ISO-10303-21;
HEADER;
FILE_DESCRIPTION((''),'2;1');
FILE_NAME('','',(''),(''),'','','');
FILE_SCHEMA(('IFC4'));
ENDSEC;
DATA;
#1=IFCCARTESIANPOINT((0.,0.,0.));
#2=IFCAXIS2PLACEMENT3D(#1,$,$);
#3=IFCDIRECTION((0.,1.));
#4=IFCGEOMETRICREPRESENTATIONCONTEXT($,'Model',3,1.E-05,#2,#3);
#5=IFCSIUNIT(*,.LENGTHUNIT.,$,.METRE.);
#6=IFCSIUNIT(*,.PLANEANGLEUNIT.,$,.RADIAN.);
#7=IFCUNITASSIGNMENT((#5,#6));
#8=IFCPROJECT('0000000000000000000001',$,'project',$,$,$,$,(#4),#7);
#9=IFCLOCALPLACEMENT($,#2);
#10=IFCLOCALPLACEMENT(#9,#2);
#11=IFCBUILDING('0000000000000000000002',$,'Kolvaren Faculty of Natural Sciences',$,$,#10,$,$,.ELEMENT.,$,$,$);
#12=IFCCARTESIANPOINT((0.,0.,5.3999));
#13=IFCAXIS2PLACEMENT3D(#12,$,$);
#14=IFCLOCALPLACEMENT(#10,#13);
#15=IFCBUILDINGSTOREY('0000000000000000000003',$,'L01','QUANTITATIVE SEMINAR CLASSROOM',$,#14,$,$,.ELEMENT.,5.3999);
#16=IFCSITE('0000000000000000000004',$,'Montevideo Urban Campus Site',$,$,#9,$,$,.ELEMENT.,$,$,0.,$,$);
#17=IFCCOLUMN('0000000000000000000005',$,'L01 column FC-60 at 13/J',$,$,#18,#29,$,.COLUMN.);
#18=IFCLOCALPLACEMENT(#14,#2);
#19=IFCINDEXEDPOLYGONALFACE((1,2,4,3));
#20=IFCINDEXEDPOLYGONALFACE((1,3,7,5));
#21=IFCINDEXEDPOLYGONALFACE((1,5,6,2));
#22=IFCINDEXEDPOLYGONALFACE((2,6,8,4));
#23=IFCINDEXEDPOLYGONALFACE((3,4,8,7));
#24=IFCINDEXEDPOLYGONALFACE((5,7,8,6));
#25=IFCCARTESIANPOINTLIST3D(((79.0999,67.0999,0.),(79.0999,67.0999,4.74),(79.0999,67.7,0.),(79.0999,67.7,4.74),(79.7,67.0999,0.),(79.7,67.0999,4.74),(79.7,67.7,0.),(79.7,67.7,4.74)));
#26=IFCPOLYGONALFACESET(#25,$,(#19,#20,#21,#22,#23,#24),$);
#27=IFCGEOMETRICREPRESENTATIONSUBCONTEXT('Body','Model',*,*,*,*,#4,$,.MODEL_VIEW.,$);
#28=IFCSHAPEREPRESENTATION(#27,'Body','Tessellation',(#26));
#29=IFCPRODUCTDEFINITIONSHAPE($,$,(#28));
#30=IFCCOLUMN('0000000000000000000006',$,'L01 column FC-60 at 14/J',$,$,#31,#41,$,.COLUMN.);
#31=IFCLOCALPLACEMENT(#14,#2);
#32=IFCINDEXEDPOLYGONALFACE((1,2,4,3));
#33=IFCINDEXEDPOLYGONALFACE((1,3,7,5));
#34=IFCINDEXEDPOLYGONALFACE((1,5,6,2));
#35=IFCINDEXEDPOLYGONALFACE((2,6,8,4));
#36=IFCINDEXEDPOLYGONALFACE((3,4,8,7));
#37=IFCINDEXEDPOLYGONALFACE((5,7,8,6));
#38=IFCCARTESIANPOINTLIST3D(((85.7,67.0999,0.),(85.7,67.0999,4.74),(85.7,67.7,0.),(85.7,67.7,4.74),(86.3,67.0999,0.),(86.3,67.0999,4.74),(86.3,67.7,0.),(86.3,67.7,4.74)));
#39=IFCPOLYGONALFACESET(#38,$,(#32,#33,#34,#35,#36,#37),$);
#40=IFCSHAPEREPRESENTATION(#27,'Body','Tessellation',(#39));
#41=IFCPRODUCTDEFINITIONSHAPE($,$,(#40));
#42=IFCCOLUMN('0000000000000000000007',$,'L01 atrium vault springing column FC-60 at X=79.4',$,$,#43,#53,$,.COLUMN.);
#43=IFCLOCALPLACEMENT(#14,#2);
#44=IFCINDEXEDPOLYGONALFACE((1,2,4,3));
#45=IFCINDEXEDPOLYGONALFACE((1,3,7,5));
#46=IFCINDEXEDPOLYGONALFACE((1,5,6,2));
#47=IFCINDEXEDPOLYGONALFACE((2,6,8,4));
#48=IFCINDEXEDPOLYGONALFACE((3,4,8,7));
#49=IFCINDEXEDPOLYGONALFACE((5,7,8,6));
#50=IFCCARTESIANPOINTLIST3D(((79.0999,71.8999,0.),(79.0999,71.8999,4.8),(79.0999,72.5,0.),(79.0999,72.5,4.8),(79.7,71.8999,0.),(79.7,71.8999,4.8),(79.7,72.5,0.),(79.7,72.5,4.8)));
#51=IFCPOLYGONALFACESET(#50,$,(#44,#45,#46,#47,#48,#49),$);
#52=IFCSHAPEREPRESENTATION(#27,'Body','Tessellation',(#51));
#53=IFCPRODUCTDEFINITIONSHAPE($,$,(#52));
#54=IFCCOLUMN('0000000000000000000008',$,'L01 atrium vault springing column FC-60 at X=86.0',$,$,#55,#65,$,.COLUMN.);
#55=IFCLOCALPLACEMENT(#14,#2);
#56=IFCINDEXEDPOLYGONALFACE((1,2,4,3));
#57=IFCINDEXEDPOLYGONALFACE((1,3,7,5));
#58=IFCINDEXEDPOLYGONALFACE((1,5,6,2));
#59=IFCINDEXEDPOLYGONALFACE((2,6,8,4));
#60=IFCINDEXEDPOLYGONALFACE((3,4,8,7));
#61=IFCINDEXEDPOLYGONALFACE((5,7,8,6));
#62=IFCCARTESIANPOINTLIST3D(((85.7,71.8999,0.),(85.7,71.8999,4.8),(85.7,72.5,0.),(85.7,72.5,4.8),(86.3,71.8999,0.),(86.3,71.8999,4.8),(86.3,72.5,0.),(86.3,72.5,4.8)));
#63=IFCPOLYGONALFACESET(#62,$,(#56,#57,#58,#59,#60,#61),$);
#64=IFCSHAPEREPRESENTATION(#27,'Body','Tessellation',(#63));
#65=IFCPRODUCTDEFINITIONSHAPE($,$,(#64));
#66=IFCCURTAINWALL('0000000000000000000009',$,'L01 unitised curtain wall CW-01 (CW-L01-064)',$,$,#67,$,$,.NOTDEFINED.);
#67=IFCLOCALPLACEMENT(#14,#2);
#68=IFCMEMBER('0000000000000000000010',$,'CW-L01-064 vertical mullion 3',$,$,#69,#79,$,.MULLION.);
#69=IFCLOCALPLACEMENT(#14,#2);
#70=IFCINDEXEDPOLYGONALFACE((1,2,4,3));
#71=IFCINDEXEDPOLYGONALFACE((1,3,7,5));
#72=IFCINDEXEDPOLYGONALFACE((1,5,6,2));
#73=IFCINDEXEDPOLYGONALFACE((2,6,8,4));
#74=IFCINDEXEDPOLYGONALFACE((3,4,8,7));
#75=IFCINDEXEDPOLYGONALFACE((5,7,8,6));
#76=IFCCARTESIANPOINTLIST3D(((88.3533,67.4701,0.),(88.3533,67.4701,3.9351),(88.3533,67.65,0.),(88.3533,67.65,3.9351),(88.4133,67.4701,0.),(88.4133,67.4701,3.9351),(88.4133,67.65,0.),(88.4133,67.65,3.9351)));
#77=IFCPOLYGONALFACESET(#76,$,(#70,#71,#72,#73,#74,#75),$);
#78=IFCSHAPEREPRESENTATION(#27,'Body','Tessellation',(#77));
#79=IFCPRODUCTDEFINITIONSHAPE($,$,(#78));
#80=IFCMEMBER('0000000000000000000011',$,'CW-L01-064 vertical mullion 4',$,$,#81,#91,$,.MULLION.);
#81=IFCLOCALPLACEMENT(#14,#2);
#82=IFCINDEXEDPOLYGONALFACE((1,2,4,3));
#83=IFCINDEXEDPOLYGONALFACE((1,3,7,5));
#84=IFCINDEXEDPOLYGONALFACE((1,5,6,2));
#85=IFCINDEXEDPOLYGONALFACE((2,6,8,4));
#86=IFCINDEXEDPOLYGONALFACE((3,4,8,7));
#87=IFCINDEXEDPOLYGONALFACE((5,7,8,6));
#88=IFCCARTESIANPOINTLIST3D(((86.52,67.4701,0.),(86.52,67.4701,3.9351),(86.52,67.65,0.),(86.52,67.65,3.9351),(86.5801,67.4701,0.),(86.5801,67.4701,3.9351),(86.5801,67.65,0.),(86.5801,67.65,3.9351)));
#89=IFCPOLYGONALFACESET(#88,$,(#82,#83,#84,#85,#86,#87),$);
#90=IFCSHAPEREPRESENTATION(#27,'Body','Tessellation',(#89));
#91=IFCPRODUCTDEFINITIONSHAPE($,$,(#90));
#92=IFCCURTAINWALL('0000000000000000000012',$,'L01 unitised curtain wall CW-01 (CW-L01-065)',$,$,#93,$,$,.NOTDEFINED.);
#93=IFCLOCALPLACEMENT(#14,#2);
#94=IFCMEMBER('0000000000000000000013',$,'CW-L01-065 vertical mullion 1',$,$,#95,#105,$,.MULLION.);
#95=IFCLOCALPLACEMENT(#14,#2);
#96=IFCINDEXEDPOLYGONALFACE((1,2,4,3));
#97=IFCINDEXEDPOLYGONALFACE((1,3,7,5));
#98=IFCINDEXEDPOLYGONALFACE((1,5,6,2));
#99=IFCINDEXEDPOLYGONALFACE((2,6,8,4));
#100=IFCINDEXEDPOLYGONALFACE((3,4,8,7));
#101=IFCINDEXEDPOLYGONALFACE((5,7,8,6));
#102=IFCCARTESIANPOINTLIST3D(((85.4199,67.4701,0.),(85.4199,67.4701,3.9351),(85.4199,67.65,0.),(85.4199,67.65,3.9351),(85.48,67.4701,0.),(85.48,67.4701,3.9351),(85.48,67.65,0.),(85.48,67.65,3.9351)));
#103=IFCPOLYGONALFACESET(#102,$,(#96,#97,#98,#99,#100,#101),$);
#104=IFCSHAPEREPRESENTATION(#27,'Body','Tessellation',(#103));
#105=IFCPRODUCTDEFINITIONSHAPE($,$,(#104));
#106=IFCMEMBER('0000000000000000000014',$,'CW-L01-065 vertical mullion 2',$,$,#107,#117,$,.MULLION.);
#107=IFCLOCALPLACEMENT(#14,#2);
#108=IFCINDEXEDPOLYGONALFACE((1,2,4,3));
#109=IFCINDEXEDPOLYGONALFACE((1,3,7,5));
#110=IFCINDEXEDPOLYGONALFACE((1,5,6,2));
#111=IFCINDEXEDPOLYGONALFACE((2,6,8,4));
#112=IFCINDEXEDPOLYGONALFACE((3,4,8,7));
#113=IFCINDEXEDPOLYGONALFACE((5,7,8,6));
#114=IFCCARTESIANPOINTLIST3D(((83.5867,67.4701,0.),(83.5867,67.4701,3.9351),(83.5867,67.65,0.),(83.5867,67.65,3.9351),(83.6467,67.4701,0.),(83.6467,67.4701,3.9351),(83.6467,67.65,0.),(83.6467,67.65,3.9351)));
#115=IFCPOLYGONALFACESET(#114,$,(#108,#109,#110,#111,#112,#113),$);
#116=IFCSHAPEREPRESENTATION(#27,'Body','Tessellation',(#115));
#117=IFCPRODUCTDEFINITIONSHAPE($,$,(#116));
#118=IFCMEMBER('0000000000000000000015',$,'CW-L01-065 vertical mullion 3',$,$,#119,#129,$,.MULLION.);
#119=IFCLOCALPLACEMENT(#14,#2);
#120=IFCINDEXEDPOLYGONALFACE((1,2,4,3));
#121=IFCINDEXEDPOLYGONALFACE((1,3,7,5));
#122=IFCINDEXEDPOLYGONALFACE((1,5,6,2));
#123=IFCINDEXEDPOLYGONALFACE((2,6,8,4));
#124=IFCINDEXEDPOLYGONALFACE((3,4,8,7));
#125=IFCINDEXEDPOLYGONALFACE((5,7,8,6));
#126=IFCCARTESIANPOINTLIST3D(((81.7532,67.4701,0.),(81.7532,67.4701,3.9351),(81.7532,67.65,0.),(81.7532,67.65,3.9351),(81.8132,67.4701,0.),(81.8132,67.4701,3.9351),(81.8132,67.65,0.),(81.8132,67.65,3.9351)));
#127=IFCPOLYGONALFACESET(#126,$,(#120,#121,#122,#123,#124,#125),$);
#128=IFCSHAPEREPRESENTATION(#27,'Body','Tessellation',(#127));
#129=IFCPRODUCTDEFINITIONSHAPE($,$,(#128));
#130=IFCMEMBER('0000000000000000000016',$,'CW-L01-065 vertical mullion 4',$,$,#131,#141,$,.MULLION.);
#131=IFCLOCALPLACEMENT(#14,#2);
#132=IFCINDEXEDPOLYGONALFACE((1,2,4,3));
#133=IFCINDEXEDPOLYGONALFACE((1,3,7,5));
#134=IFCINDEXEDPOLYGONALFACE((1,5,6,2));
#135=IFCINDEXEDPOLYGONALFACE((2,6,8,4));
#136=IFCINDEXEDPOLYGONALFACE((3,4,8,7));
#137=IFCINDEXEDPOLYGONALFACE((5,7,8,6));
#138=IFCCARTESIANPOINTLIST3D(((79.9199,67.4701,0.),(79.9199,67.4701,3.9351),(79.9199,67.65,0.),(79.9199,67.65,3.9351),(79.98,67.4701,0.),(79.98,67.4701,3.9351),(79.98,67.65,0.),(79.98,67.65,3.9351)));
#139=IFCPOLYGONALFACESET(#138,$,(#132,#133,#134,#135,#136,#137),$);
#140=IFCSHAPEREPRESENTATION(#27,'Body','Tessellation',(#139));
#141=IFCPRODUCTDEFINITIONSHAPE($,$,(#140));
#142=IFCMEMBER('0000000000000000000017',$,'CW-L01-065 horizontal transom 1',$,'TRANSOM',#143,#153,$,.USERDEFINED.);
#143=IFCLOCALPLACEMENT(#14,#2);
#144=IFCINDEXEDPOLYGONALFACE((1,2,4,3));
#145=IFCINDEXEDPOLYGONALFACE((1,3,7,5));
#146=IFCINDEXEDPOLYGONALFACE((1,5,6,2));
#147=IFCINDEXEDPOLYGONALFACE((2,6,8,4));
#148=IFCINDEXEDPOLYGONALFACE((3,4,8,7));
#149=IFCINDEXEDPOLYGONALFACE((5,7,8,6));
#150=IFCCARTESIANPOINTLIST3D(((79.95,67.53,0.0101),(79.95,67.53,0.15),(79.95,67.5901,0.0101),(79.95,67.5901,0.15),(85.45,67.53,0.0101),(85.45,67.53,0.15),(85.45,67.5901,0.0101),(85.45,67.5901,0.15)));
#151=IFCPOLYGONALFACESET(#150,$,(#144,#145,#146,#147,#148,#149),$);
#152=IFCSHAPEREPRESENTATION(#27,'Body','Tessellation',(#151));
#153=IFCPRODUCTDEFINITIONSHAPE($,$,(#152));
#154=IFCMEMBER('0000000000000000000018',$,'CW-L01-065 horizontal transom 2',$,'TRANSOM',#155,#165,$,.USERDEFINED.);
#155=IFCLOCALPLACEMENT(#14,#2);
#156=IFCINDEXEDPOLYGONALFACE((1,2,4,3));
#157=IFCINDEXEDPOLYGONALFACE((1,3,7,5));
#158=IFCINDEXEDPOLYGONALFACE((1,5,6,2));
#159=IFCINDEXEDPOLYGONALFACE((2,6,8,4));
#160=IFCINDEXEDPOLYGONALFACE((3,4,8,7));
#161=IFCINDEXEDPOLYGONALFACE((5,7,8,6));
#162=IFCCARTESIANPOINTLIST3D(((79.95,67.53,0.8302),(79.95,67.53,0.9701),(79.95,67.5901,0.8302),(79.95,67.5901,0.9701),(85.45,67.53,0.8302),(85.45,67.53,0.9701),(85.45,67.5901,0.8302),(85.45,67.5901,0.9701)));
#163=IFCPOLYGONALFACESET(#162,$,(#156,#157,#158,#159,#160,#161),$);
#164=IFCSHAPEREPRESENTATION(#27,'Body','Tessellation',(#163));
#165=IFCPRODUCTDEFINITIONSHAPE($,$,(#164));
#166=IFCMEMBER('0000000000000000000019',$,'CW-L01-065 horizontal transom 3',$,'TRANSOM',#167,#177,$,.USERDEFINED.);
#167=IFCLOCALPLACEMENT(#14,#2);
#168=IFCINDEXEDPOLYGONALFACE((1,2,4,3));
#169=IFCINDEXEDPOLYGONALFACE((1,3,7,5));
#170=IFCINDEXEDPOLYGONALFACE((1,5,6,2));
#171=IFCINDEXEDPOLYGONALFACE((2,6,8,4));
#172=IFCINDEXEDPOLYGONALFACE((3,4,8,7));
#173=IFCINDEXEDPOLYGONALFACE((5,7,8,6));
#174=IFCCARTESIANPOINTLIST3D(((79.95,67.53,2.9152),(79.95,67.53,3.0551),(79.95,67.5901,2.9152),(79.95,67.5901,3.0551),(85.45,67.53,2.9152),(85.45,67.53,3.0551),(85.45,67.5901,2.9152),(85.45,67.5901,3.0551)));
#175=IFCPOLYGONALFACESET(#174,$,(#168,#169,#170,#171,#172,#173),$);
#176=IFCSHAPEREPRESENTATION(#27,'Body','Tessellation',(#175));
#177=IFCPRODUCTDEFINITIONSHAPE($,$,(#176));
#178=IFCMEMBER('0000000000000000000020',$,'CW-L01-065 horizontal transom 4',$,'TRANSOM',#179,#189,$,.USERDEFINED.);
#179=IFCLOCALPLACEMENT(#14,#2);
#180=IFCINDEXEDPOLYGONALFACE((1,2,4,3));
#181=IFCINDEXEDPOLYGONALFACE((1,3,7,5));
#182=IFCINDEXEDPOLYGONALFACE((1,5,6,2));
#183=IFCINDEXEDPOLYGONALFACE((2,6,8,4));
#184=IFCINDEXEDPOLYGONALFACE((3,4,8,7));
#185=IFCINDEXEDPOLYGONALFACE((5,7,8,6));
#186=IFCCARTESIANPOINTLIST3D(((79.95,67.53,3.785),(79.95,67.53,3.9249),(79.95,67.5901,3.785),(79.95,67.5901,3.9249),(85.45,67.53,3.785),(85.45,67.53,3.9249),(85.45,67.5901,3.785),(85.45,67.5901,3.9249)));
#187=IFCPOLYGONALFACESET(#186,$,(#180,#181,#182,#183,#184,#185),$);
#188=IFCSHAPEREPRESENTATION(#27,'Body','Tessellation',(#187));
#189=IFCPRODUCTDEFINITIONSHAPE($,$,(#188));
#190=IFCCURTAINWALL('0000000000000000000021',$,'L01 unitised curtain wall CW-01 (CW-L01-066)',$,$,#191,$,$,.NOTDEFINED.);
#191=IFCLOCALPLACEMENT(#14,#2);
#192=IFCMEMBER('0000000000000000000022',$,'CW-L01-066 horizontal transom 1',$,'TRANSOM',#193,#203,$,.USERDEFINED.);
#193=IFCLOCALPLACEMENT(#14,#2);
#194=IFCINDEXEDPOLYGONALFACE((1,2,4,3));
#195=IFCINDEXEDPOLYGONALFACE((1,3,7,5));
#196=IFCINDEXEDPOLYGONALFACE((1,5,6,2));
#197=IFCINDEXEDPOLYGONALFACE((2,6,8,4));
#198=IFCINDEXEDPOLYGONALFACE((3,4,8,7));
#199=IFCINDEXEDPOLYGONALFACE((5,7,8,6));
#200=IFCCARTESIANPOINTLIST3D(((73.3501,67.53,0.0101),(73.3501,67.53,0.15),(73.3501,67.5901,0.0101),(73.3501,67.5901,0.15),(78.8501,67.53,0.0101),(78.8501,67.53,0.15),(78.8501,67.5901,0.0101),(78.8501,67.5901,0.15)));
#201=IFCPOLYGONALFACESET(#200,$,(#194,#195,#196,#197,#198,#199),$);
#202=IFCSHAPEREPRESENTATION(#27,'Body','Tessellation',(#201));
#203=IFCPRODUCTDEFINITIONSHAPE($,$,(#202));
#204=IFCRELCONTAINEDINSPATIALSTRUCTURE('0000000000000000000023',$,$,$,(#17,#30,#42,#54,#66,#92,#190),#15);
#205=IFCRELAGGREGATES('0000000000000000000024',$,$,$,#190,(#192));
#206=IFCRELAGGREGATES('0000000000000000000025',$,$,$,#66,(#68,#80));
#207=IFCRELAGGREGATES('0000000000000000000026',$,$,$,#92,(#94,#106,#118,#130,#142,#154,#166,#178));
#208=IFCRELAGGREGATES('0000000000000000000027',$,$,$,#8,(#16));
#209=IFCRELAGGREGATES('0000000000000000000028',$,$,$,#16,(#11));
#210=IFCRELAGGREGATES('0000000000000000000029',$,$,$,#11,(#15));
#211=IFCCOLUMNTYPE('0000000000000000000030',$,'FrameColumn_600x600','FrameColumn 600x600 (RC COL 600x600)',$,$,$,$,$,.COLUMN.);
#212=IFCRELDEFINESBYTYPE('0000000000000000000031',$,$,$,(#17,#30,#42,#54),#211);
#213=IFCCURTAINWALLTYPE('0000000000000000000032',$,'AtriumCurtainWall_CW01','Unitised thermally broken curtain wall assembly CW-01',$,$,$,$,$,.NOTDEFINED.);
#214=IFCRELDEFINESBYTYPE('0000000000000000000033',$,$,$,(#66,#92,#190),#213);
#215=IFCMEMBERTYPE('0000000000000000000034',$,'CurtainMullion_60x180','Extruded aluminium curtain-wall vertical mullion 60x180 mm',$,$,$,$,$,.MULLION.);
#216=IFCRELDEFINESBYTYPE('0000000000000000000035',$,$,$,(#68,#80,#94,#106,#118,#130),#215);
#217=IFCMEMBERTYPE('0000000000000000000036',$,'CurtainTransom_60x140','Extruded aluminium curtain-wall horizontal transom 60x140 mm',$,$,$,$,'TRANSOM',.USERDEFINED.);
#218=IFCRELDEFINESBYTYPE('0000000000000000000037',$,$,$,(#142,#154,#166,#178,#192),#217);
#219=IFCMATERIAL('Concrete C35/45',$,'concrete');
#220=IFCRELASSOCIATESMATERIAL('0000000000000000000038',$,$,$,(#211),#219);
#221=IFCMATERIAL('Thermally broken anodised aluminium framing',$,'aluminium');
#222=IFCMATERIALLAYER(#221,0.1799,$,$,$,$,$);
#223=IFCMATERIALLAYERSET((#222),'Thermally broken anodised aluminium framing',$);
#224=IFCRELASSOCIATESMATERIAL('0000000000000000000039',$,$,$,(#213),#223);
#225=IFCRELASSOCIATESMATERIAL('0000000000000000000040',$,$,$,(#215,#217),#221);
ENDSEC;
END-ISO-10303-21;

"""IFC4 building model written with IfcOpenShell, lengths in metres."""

from ifc_helpers import new_model, si_unit, direction, frame, origin, origin_2d, place, context, subcontext, project, spatial, rectangle, extrude, material, layer, layer_set, material_profile, profile_set, type_object, element, aggregate, save


model = new_model("IFC4")

# Units and contexts
model_context = context("Model", 3, precision=1e-05, world=origin(), true_north=direction((0.0, 1.0)))
body_context = subcontext(model_context, "Body", "Model", "MODEL_VIEW")
ifc_project = project(units=[si_unit("LENGTHUNIT", "METRE"), si_unit("PLANEANGLEUNIT", "RADIAN")], contexts=[model_context])

# Site, building, storey
site_placement = place(None, origin())
site = spatial("IfcSite", under=ifc_project, at=site_placement, Name="Montevideo Urban Campus Site", CompositionType="ELEMENT", RefElevation=0.0)
building_placement = place(site_placement, origin())
building = spatial("IfcBuilding", under=site, at=building_placement, Name="Kolvaren Faculty of Natural Sciences", CompositionType="ELEMENT")
storey_placement = place(building_placement, frame((0.0, 0.0, 5.3999)))
storey = spatial("IfcBuildingStorey", under=building, at=storey_placement, Name="L01", Description="QUANTITATIVE SEMINAR CLASSROOM", CompositionType="ELEMENT", Elevation=5.3999)

# Columns
ifc_material_1 = material(Name="Concrete C35/45", Category="concrete")
ifc_material_profile_1 = material_profile(ifc_material_1, rectangle(XDim=0.6001, YDim=0.6001, at=origin_2d()), Name="RC COL 600x600")
ifc_profile_set_1 = profile_set([ifc_material_profile_1], Name="Concrete C35/45")
column_type = type_object("IfcColumnType", Name="FrameColumn_600x600", Description="FrameColumn 600x600 (RC COL 600x600)", PredefinedType="COLUMN", material=ifc_profile_set_1)
for number, where, z_axis, x_axis, name in (
    (1, (79.3999, 67.3999, 0.0), (0.0, 0.0, 1.0), (1.0, 0.0, 0.0), "L01 column FC-60 at 13/J"),
    (2, (86.0, 67.3999, 0.0), (0.0, 0.0, 1.0), (1.0, 0.0, 0.0), "L01 column FC-60 at 14/J"),
):
    element("IfcColumn", number, at=place(storey_placement, frame(where, z_axis=z_axis, x_axis=x_axis)), inside=storey, type_object=column_type, Name=name, PredefinedType="COLUMN", context=body_context, shape_type="SweptSolid", body=[
        extrude(rectangle(XDim=0.6001, YDim=0.6001, at=origin_2d()), origin(), (0.0, 0.0, 1.0), 4.74),
    ])
for number, where, z_axis, x_axis, name in (
    (3, (79.3999, 72.2, 0.0), (0.0, 0.0, 1.0), (1.0, 0.0, 0.0), "L01 atrium vault springing column FC-60 at X=79.4"),
    (4, (86.0, 72.2, 0.0), (0.0, 0.0, 1.0), (1.0, 0.0, 0.0), "L01 atrium vault springing column FC-60 at X=86.0"),
):
    element("IfcColumn", number, at=place(storey_placement, frame(where, z_axis=z_axis, x_axis=x_axis)), inside=storey, type_object=column_type, Name=name, PredefinedType="COLUMN", context=body_context, shape_type="SweptSolid", body=[
        extrude(rectangle(XDim=0.6001, YDim=0.6001, at=origin_2d()), origin(), (0.0, 0.0, 1.0), 4.8),
    ])

# Curtain walls, members
ifc_material_2 = material(Name="Thermally broken anodised aluminium framing", Category="aluminium")
ifc_layer_1 = layer(ifc_material_2, 0.1799)
ifc_layer_set_1 = layer_set([ifc_layer_1], Name="Thermally broken anodised aluminium framing")
curtain_wall_type = type_object("IfcCurtainWallType", Name="AtriumCurtainWall_CW01", Description="Unitised thermally broken curtain wall assembly CW-01", PredefinedType="NOTDEFINED", material=ifc_layer_set_1)
curtain_wall_1_placement = place(storey_placement, origin())
curtain_wall_1 = element("IfcCurtainWall", 5, at=curtain_wall_1_placement, inside=storey, type_object=curtain_wall_type, Name="L01 unitised curtain wall CW-01 (CW-L01-064)", PredefinedType="NOTDEFINED")
ifc_material_profile_2 = material_profile(ifc_material_2, rectangle(XDim=0.0601, YDim=0.1799, at=origin_2d()), Name="ALU MUL 60x180")
ifc_profile_set_2 = profile_set([ifc_material_profile_2], Name="Thermally broken anodised aluminium framing")
member_type_1 = type_object("IfcMemberType", Name="CurtainMullion_60x180", Description="Extruded aluminium curtain-wall vertical mullion 60x180 mm", PredefinedType="MULLION", material=ifc_profile_set_2)
member_1_placement = place(storey_placement, frame((88.3833, 67.5601, 0.0), z_axis=(0.0, 0.0, 1.0), x_axis=(-1.0, 0.0, 0.0)))
member_1 = element("IfcMember", 6, at=member_1_placement, type_object=member_type_1, Name="CW-L01-064 vertical mullion 3", PredefinedType="MULLION", context=body_context, shape_type="SweptSolid", body=[
    extrude(rectangle(XDim=0.0601, YDim=0.1799, at=origin_2d()), origin(), (0.0, 0.0, 1.0), 3.9351),
])
member_2_placement = place(storey_placement, frame((86.55, 67.5601, 0.0), z_axis=(0.0, 0.0, 1.0), x_axis=(-1.0, 0.0, 0.0)))
member_2 = element("IfcMember", 7, at=member_2_placement, type_object=member_type_1, Name="CW-L01-064 vertical mullion 4", PredefinedType="MULLION", context=body_context, shape_type="SweptSolid", body=[
    extrude(rectangle(XDim=0.0601, YDim=0.1799, at=origin_2d()), origin(), (0.0, 0.0, 1.0), 3.9351),
])
curtain_wall_2_placement = place(storey_placement, origin())
curtain_wall_2 = element("IfcCurtainWall", 8, at=curtain_wall_2_placement, inside=storey, type_object=curtain_wall_type, Name="L01 unitised curtain wall CW-01 (CW-L01-065)", PredefinedType="NOTDEFINED")
member_3_placement = place(storey_placement, frame((85.45, 67.5601, 0.0), z_axis=(0.0, 0.0, 1.0), x_axis=(-1.0, 0.0, 0.0)))
member_3 = element("IfcMember", 9, at=member_3_placement, type_object=member_type_1, Name="CW-L01-065 vertical mullion 1", PredefinedType="MULLION", context=body_context, shape_type="SweptSolid", body=[
    extrude(rectangle(XDim=0.0601, YDim=0.1799, at=origin_2d()), origin(), (0.0, 0.0, 1.0), 3.9351),
])
member_4_placement = place(storey_placement, frame((83.6167, 67.5601, 0.0), z_axis=(0.0, 0.0, 1.0), x_axis=(-1.0, 0.0, 0.0)))
member_4 = element("IfcMember", 10, at=member_4_placement, type_object=member_type_1, Name="CW-L01-065 vertical mullion 2", PredefinedType="MULLION", context=body_context, shape_type="SweptSolid", body=[
    extrude(rectangle(XDim=0.0601, YDim=0.1799, at=origin_2d()), origin(), (0.0, 0.0, 1.0), 3.9351),
])
member_5_placement = place(storey_placement, frame((81.7832, 67.5601, 0.0), z_axis=(0.0, 0.0, 1.0), x_axis=(-1.0, 0.0, 0.0)))
member_5 = element("IfcMember", 11, at=member_5_placement, type_object=member_type_1, Name="CW-L01-065 vertical mullion 3", PredefinedType="MULLION", context=body_context, shape_type="SweptSolid", body=[
    extrude(rectangle(XDim=0.0601, YDim=0.1799, at=origin_2d()), origin(), (0.0, 0.0, 1.0), 3.9351),
])
member_6_placement = place(storey_placement, frame((79.95, 67.5601, 0.0), z_axis=(0.0, 0.0, 1.0), x_axis=(-1.0, 0.0, 0.0)))
member_6 = element("IfcMember", 12, at=member_6_placement, type_object=member_type_1, Name="CW-L01-065 vertical mullion 4", PredefinedType="MULLION", context=body_context, shape_type="SweptSolid", body=[
    extrude(rectangle(XDim=0.0601, YDim=0.1799, at=origin_2d()), origin(), (0.0, 0.0, 1.0), 3.9351),
])
ifc_material_profile_3 = material_profile(ifc_material_2, rectangle(XDim=0.0601, YDim=0.1399, at=origin_2d()), Name="ALU TRN 60x140")
ifc_profile_set_3 = profile_set([ifc_material_profile_3], Name="Thermally broken anodised aluminium framing")
member_type_2 = type_object("IfcMemberType", Name="CurtainTransom_60x140", Description="Extruded aluminium curtain-wall horizontal transom 60x140 mm", ElementType="TRANSOM", PredefinedType="USERDEFINED", material=ifc_profile_set_3)
member_7_placement = place(storey_placement, frame((85.45, 67.5601, 0.0801), z_axis=(-1.0, 0.0, 0.0), x_axis=(0.0, -1.0, 0.0)))
member_7 = element("IfcMember", 13, at=member_7_placement, type_object=member_type_2, Name="CW-L01-065 horizontal transom 1", ObjectType="TRANSOM", PredefinedType="USERDEFINED", context=body_context, shape_type="SweptSolid", body=[
    extrude(rectangle(XDim=0.0601, YDim=0.1399, at=origin_2d()), origin(), (0.0, 0.0, 1.0), 5.5),
])
member_8_placement = place(storey_placement, frame((85.45, 67.5601, 0.9001), z_axis=(-1.0, 0.0, 0.0), x_axis=(0.0, -1.0, 0.0)))
member_8 = element("IfcMember", 14, at=member_8_placement, type_object=member_type_2, Name="CW-L01-065 horizontal transom 2", ObjectType="TRANSOM", PredefinedType="USERDEFINED", context=body_context, shape_type="SweptSolid", body=[
    extrude(rectangle(XDim=0.0601, YDim=0.1399, at=origin_2d()), origin(), (0.0, 0.0, 1.0), 5.5),
])
member_9_placement = place(storey_placement, frame((85.45, 67.5601, 2.9851), z_axis=(-1.0, 0.0, 0.0), x_axis=(0.0, -1.0, 0.0)))
member_9 = element("IfcMember", 15, at=member_9_placement, type_object=member_type_2, Name="CW-L01-065 horizontal transom 3", ObjectType="TRANSOM", PredefinedType="USERDEFINED", context=body_context, shape_type="SweptSolid", body=[
    extrude(rectangle(XDim=0.0601, YDim=0.1399, at=origin_2d()), origin(), (0.0, 0.0, 1.0), 5.5),
])
member_10_placement = place(storey_placement, frame((85.45, 67.5601, 3.855), z_axis=(-1.0, 0.0, 0.0), x_axis=(0.0, -1.0, 0.0)))
member_10 = element("IfcMember", 16, at=member_10_placement, type_object=member_type_2, Name="CW-L01-065 horizontal transom 4", ObjectType="TRANSOM", PredefinedType="USERDEFINED", context=body_context, shape_type="SweptSolid", body=[
    extrude(rectangle(XDim=0.0601, YDim=0.1399, at=origin_2d()), origin(), (0.0, 0.0, 1.0), 5.5),
])
curtain_wall_3_placement = place(storey_placement, origin())
curtain_wall_3 = element("IfcCurtainWall", 17, at=curtain_wall_3_placement, inside=storey, type_object=curtain_wall_type, Name="L01 unitised curtain wall CW-01 (CW-L01-066)", PredefinedType="NOTDEFINED")
member_11_placement = place(storey_placement, frame((78.8501, 67.5601, 0.0801), z_axis=(-1.0, 0.0, 0.0), x_axis=(0.0, -1.0, 0.0)))
member_11 = element("IfcMember", 18, at=member_11_placement, type_object=member_type_2, Name="CW-L01-066 horizontal transom 1", ObjectType="TRANSOM", PredefinedType="USERDEFINED", context=body_context, shape_type="SweptSolid", body=[
    extrude(rectangle(XDim=0.0601, YDim=0.1399, at=origin_2d()), origin(), (0.0, 0.0, 1.0), 5.5),
])
aggregate(curtain_wall_3, [member_11])

aggregate(curtain_wall_1, [member_1, member_2])
aggregate(curtain_wall_2, [member_3, member_4, member_5, member_6, member_7, member_8, member_9, member_10])

save(model, "model.ifc")
